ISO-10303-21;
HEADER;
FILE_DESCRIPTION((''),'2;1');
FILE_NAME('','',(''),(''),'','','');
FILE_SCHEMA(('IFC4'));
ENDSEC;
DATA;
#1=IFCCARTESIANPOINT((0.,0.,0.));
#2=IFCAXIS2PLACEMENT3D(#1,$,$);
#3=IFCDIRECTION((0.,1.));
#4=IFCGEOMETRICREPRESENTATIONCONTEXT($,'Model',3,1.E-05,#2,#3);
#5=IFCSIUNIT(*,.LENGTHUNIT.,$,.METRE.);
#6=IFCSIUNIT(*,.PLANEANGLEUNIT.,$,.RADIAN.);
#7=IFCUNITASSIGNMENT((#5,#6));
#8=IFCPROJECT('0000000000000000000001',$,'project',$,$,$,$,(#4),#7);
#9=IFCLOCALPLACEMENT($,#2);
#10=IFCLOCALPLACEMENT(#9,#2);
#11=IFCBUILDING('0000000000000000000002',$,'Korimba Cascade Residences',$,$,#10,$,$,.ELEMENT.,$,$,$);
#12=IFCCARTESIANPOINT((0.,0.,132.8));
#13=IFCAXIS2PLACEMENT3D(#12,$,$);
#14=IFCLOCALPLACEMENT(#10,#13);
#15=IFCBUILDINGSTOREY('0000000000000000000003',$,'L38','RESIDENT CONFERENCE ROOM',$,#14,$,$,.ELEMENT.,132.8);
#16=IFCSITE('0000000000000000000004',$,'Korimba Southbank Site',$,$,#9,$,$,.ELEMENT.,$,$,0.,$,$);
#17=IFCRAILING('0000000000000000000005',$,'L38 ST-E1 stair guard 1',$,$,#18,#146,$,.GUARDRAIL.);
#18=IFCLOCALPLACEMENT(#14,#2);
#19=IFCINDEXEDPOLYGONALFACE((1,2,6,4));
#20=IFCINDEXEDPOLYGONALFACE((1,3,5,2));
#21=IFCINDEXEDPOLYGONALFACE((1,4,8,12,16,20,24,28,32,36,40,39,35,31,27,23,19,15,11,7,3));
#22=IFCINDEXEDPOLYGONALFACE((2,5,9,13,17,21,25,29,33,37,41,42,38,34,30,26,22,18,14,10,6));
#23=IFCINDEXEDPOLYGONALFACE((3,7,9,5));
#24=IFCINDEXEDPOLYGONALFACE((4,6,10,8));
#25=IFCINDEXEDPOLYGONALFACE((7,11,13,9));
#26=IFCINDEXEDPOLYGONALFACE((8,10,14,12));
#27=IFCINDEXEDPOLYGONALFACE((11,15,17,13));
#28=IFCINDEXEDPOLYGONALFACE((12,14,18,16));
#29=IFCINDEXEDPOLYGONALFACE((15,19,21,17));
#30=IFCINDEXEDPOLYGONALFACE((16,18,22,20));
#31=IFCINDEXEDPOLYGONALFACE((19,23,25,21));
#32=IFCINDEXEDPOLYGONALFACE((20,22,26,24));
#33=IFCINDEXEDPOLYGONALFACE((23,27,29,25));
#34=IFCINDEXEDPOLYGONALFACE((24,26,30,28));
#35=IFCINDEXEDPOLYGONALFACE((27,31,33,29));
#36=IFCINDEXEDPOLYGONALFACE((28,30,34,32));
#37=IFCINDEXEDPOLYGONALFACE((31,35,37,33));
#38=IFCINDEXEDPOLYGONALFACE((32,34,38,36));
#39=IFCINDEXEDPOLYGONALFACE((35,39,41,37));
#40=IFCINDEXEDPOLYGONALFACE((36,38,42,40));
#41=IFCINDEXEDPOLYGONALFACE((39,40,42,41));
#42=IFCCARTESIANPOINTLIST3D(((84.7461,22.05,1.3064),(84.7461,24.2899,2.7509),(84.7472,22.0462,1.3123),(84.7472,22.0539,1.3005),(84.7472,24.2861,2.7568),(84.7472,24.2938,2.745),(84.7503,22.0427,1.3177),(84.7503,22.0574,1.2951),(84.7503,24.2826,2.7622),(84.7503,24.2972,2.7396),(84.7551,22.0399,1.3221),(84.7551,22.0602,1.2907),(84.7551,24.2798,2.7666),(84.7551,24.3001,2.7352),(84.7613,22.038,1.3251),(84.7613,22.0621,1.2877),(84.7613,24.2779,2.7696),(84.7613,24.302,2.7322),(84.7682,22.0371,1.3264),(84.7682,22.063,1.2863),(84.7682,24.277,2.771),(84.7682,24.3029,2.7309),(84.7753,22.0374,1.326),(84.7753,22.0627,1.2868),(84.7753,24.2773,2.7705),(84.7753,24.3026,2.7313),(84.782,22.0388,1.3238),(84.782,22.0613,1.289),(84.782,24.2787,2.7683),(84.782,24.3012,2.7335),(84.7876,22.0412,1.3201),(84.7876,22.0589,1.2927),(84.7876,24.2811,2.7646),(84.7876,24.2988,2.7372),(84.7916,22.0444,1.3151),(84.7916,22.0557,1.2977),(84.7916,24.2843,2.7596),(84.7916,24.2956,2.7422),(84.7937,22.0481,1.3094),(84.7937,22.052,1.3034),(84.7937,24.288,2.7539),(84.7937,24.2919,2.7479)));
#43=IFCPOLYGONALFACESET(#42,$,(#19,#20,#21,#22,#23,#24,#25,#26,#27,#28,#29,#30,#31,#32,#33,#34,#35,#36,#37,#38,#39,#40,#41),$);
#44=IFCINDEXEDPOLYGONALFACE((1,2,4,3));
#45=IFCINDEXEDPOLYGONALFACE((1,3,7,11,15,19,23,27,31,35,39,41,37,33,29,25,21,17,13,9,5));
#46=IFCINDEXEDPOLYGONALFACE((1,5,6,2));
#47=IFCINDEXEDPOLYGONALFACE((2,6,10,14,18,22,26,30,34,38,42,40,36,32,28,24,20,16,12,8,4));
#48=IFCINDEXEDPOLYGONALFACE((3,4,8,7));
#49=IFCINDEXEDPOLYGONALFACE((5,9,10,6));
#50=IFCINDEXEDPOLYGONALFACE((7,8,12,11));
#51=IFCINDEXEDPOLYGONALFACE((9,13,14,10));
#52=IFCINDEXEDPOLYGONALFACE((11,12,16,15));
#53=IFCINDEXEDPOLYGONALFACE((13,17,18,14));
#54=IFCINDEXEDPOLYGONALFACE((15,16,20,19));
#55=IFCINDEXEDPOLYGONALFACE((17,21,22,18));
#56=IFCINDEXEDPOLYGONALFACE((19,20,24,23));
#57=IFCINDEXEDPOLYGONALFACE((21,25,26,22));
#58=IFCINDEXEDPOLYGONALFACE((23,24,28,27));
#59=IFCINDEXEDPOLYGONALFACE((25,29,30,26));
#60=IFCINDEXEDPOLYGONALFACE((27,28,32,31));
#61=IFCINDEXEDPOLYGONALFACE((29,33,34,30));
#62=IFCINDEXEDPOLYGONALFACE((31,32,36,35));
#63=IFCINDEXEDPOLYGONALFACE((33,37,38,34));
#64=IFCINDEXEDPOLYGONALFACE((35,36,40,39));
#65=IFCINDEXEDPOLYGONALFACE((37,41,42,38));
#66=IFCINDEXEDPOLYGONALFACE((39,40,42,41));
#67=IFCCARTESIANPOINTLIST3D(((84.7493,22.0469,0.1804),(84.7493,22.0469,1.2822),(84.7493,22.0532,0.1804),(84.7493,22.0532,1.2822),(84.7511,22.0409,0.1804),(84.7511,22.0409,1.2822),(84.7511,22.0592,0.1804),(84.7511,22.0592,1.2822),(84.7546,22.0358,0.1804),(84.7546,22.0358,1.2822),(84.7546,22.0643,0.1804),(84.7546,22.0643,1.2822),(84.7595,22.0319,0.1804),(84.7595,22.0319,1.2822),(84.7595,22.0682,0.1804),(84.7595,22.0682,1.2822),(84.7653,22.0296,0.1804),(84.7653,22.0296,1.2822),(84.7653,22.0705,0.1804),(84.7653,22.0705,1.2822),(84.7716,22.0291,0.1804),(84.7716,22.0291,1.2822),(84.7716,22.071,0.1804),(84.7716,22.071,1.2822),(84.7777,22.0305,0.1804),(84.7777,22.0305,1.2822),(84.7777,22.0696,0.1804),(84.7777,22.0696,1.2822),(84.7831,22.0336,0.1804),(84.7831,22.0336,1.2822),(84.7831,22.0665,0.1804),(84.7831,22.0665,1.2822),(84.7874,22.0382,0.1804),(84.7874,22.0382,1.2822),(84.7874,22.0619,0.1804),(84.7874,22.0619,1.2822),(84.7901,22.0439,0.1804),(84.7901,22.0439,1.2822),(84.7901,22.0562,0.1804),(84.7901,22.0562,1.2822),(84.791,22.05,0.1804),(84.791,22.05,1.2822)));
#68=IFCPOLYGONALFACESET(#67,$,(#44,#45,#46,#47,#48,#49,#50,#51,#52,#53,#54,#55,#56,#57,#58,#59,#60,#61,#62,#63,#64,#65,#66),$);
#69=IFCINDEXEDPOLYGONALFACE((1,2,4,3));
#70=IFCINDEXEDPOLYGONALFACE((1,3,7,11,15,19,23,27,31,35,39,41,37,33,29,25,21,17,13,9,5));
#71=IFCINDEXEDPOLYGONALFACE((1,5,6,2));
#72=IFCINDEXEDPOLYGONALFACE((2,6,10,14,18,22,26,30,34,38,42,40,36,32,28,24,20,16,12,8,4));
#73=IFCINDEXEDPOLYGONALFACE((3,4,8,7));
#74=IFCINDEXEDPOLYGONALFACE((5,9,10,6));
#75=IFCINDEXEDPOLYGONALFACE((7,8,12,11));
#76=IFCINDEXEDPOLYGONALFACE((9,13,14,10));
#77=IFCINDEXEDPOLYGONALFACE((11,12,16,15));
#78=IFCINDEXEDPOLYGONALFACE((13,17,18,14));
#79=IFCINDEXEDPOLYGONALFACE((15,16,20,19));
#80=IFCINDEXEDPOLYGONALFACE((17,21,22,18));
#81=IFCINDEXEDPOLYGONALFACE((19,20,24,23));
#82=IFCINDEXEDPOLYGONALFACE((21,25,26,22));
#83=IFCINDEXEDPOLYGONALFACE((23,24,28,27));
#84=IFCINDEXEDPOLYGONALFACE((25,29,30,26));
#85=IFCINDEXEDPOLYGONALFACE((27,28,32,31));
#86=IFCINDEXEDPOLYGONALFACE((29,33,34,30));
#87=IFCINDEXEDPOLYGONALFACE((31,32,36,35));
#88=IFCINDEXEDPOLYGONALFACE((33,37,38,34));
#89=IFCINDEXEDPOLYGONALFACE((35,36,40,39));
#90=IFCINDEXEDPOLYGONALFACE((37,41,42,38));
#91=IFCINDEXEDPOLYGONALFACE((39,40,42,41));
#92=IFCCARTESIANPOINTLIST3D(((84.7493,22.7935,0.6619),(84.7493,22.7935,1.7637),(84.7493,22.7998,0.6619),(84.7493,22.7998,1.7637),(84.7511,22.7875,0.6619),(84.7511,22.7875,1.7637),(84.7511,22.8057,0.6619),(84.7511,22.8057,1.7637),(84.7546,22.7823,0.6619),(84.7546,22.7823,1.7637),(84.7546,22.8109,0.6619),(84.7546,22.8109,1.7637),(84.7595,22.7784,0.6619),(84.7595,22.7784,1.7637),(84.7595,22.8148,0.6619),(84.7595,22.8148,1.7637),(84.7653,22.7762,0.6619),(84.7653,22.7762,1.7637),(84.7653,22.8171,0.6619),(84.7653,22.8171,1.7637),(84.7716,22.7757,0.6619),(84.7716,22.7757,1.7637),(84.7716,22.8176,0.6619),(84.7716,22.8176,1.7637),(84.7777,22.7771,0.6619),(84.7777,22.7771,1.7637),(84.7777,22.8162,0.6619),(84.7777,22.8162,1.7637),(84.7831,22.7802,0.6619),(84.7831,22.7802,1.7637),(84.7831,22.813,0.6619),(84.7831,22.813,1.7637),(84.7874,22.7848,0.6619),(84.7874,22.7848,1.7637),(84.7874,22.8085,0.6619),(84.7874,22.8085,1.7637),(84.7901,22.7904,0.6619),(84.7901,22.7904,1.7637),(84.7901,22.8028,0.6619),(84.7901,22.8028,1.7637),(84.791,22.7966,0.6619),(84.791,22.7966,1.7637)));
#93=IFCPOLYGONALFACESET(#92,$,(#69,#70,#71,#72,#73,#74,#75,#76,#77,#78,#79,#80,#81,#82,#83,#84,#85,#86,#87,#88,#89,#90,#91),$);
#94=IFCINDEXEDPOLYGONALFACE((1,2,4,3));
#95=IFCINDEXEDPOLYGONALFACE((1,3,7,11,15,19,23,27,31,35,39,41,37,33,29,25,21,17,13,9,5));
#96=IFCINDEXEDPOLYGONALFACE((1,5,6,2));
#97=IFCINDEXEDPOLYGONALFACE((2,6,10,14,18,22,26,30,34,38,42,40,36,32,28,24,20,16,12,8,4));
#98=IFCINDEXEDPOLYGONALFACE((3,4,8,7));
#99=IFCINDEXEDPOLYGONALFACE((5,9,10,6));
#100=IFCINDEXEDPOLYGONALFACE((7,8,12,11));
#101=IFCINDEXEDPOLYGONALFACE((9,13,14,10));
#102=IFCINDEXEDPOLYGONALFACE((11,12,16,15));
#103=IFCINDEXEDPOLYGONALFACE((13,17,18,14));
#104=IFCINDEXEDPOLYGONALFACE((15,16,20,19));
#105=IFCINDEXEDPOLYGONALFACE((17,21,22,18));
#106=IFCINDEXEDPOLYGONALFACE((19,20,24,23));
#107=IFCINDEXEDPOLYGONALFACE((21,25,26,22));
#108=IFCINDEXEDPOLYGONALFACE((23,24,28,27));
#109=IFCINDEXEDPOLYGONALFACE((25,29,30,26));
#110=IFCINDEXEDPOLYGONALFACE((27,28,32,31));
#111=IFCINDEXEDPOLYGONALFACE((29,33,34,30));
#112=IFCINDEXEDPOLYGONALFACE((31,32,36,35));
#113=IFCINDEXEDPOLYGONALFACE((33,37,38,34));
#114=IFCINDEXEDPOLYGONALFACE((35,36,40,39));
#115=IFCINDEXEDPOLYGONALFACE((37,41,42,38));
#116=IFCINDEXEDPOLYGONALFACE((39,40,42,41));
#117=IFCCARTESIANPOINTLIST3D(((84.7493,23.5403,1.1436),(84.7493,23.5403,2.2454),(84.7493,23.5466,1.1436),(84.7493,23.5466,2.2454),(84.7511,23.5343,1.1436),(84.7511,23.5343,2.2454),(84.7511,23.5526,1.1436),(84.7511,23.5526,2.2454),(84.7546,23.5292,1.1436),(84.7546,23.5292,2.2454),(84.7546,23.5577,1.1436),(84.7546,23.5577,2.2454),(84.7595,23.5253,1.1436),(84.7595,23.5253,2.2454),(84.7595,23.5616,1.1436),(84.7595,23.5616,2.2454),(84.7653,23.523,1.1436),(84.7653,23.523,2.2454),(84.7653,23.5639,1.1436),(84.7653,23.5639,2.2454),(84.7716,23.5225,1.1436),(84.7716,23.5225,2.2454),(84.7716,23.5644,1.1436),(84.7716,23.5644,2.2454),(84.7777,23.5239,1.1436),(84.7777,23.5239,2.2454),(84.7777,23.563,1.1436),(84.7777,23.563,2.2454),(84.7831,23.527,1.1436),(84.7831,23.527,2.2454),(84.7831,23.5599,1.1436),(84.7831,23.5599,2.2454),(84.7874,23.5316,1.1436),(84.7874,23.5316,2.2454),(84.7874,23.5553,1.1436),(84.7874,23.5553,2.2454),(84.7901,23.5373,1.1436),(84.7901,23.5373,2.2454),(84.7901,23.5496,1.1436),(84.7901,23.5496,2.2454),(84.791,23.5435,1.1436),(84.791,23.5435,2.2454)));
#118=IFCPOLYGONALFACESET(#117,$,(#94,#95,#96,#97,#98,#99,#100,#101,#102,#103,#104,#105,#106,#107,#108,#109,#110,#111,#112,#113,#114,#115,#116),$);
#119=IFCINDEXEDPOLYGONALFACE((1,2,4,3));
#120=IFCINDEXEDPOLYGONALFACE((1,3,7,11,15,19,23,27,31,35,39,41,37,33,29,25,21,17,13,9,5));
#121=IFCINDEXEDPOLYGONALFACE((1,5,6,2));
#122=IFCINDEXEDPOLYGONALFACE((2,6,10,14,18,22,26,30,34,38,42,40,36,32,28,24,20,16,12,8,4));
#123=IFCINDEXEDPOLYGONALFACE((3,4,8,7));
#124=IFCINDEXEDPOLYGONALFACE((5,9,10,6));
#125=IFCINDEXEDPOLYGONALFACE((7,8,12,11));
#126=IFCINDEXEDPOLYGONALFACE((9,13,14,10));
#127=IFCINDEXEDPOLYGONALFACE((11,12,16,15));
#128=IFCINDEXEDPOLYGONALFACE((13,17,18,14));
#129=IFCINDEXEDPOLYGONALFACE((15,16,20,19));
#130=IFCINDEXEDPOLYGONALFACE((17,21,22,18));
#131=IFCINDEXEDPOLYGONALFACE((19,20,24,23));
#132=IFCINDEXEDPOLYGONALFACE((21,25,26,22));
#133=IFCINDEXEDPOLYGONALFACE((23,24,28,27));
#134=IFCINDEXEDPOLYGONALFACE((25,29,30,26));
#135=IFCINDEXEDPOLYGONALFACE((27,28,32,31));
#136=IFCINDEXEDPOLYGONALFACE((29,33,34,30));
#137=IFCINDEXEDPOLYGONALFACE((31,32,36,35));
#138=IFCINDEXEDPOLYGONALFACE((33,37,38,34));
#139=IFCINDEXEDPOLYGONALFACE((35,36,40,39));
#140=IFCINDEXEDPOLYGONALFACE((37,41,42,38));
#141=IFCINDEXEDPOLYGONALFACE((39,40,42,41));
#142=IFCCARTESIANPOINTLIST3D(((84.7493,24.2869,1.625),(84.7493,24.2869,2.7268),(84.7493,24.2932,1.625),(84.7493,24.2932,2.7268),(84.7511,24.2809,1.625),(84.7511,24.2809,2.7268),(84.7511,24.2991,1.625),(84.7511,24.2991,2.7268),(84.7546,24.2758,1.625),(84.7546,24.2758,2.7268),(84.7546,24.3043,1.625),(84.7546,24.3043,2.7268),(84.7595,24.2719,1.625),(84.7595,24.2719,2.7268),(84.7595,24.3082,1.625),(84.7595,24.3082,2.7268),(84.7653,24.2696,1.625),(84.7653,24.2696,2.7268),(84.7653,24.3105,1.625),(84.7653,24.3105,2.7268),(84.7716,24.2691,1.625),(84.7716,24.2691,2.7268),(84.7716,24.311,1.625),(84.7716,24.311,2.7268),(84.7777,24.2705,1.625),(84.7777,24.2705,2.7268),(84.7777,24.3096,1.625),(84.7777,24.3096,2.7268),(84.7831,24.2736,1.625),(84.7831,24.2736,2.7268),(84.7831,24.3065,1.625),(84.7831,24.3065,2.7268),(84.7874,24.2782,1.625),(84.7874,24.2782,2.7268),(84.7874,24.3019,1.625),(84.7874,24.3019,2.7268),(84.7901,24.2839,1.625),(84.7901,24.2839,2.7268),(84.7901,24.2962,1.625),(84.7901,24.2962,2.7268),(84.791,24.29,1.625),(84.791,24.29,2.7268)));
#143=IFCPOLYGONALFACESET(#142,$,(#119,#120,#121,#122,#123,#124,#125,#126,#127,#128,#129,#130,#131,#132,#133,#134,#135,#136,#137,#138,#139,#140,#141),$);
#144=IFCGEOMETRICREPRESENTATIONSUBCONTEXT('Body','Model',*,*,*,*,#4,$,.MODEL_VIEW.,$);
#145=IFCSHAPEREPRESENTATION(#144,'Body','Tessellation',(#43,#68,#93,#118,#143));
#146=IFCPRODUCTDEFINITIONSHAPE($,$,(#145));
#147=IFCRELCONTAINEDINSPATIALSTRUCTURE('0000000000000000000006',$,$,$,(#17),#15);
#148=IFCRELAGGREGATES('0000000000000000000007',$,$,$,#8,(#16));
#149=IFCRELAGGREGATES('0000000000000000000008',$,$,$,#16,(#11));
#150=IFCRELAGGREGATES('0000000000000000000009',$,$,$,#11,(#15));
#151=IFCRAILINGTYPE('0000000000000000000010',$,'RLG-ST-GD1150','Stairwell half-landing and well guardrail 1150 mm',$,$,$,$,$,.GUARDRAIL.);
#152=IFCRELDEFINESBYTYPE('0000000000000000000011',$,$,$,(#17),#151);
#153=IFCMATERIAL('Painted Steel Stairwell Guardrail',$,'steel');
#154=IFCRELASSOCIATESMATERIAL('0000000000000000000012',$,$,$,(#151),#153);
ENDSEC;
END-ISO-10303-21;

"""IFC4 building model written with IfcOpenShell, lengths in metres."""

from ifc_helpers import new_model, si_unit, direction, frame, origin, origin_2d, place, context, subcontext, project, spatial, circle, extrude, material, type_object, element, save


model = new_model("IFC4")

# Units and contexts
model_context = context("Model", 3, precision=1e-05, world=origin(), true_north=direction((0.0, 1.0)))
body_context = subcontext(model_context, "Body", "Model", "MODEL_VIEW")
ifc_project = project(units=[si_unit("LENGTHUNIT", "METRE"), si_unit("PLANEANGLEUNIT", "RADIAN")], contexts=[model_context])

# Site, building, storey
site_placement = place(None, origin())
site = spatial("IfcSite", under=ifc_project, at=site_placement, Name="Korimba Southbank Site", CompositionType="ELEMENT", RefElevation=0.0)
building_placement = place(site_placement, origin())
building = spatial("IfcBuilding", under=site, at=building_placement, Name="Korimba Cascade Residences", CompositionType="ELEMENT")
storey_placement = place(building_placement, frame((0.0, 0.0, 132.8)))
storey = spatial("IfcBuildingStorey", under=building, at=storey_placement, Name="L38", Description="RESIDENT CONFERENCE ROOM", CompositionType="ELEMENT", Elevation=132.8)

# Railing
ifc_material_1 = material(Name="Painted Steel Stairwell Guardrail", Category="steel")
railing_type_1 = type_object("IfcRailingType", Name="RLG-ST-GD1150", Description="Stairwell half-landing and well guardrail 1150 mm", PredefinedType="GUARDRAIL", material=ifc_material_1)
railing_1_placement = place(storey_placement, frame((84.77, 22.05, 0.1804)))
element("IfcRailing", 1, at=railing_1_placement, inside=storey, type_object=railing_type_1, Name="L38 ST-E1 stair guard 1", PredefinedType="GUARDRAIL", context=body_context, shape_type="SweptSolid", body=[
    extrude(circle(Radius=0.0239, at=origin_2d()), frame((0.0, 0.0, 1.126), z_axis=(0.0, 0.840395, 0.541975), x_axis=(-1.0, 0.0, 0.0)), (0.0, 0.0, 1.0), 2.6653),
    extrude(circle(Radius=0.021, at=origin_2d()), origin(), (0.0, 0.0, 1.0), 1.1018),
    extrude(circle(Radius=0.021, at=origin_2d()), frame((0.0, 0.7466, 0.4814)), (0.0, 0.0, 1.0), 1.1018),
    extrude(circle(Radius=0.021, at=origin_2d()), frame((0.0, 1.4934, 0.9631)), (0.0, 0.0, 1.0), 1.1018),
    extrude(circle(Radius=0.021, at=origin_2d()), frame((0.0, 2.24, 1.4446)), (0.0, 0.0, 1.0), 1.1018),
])

save(model, "model.ifc")
